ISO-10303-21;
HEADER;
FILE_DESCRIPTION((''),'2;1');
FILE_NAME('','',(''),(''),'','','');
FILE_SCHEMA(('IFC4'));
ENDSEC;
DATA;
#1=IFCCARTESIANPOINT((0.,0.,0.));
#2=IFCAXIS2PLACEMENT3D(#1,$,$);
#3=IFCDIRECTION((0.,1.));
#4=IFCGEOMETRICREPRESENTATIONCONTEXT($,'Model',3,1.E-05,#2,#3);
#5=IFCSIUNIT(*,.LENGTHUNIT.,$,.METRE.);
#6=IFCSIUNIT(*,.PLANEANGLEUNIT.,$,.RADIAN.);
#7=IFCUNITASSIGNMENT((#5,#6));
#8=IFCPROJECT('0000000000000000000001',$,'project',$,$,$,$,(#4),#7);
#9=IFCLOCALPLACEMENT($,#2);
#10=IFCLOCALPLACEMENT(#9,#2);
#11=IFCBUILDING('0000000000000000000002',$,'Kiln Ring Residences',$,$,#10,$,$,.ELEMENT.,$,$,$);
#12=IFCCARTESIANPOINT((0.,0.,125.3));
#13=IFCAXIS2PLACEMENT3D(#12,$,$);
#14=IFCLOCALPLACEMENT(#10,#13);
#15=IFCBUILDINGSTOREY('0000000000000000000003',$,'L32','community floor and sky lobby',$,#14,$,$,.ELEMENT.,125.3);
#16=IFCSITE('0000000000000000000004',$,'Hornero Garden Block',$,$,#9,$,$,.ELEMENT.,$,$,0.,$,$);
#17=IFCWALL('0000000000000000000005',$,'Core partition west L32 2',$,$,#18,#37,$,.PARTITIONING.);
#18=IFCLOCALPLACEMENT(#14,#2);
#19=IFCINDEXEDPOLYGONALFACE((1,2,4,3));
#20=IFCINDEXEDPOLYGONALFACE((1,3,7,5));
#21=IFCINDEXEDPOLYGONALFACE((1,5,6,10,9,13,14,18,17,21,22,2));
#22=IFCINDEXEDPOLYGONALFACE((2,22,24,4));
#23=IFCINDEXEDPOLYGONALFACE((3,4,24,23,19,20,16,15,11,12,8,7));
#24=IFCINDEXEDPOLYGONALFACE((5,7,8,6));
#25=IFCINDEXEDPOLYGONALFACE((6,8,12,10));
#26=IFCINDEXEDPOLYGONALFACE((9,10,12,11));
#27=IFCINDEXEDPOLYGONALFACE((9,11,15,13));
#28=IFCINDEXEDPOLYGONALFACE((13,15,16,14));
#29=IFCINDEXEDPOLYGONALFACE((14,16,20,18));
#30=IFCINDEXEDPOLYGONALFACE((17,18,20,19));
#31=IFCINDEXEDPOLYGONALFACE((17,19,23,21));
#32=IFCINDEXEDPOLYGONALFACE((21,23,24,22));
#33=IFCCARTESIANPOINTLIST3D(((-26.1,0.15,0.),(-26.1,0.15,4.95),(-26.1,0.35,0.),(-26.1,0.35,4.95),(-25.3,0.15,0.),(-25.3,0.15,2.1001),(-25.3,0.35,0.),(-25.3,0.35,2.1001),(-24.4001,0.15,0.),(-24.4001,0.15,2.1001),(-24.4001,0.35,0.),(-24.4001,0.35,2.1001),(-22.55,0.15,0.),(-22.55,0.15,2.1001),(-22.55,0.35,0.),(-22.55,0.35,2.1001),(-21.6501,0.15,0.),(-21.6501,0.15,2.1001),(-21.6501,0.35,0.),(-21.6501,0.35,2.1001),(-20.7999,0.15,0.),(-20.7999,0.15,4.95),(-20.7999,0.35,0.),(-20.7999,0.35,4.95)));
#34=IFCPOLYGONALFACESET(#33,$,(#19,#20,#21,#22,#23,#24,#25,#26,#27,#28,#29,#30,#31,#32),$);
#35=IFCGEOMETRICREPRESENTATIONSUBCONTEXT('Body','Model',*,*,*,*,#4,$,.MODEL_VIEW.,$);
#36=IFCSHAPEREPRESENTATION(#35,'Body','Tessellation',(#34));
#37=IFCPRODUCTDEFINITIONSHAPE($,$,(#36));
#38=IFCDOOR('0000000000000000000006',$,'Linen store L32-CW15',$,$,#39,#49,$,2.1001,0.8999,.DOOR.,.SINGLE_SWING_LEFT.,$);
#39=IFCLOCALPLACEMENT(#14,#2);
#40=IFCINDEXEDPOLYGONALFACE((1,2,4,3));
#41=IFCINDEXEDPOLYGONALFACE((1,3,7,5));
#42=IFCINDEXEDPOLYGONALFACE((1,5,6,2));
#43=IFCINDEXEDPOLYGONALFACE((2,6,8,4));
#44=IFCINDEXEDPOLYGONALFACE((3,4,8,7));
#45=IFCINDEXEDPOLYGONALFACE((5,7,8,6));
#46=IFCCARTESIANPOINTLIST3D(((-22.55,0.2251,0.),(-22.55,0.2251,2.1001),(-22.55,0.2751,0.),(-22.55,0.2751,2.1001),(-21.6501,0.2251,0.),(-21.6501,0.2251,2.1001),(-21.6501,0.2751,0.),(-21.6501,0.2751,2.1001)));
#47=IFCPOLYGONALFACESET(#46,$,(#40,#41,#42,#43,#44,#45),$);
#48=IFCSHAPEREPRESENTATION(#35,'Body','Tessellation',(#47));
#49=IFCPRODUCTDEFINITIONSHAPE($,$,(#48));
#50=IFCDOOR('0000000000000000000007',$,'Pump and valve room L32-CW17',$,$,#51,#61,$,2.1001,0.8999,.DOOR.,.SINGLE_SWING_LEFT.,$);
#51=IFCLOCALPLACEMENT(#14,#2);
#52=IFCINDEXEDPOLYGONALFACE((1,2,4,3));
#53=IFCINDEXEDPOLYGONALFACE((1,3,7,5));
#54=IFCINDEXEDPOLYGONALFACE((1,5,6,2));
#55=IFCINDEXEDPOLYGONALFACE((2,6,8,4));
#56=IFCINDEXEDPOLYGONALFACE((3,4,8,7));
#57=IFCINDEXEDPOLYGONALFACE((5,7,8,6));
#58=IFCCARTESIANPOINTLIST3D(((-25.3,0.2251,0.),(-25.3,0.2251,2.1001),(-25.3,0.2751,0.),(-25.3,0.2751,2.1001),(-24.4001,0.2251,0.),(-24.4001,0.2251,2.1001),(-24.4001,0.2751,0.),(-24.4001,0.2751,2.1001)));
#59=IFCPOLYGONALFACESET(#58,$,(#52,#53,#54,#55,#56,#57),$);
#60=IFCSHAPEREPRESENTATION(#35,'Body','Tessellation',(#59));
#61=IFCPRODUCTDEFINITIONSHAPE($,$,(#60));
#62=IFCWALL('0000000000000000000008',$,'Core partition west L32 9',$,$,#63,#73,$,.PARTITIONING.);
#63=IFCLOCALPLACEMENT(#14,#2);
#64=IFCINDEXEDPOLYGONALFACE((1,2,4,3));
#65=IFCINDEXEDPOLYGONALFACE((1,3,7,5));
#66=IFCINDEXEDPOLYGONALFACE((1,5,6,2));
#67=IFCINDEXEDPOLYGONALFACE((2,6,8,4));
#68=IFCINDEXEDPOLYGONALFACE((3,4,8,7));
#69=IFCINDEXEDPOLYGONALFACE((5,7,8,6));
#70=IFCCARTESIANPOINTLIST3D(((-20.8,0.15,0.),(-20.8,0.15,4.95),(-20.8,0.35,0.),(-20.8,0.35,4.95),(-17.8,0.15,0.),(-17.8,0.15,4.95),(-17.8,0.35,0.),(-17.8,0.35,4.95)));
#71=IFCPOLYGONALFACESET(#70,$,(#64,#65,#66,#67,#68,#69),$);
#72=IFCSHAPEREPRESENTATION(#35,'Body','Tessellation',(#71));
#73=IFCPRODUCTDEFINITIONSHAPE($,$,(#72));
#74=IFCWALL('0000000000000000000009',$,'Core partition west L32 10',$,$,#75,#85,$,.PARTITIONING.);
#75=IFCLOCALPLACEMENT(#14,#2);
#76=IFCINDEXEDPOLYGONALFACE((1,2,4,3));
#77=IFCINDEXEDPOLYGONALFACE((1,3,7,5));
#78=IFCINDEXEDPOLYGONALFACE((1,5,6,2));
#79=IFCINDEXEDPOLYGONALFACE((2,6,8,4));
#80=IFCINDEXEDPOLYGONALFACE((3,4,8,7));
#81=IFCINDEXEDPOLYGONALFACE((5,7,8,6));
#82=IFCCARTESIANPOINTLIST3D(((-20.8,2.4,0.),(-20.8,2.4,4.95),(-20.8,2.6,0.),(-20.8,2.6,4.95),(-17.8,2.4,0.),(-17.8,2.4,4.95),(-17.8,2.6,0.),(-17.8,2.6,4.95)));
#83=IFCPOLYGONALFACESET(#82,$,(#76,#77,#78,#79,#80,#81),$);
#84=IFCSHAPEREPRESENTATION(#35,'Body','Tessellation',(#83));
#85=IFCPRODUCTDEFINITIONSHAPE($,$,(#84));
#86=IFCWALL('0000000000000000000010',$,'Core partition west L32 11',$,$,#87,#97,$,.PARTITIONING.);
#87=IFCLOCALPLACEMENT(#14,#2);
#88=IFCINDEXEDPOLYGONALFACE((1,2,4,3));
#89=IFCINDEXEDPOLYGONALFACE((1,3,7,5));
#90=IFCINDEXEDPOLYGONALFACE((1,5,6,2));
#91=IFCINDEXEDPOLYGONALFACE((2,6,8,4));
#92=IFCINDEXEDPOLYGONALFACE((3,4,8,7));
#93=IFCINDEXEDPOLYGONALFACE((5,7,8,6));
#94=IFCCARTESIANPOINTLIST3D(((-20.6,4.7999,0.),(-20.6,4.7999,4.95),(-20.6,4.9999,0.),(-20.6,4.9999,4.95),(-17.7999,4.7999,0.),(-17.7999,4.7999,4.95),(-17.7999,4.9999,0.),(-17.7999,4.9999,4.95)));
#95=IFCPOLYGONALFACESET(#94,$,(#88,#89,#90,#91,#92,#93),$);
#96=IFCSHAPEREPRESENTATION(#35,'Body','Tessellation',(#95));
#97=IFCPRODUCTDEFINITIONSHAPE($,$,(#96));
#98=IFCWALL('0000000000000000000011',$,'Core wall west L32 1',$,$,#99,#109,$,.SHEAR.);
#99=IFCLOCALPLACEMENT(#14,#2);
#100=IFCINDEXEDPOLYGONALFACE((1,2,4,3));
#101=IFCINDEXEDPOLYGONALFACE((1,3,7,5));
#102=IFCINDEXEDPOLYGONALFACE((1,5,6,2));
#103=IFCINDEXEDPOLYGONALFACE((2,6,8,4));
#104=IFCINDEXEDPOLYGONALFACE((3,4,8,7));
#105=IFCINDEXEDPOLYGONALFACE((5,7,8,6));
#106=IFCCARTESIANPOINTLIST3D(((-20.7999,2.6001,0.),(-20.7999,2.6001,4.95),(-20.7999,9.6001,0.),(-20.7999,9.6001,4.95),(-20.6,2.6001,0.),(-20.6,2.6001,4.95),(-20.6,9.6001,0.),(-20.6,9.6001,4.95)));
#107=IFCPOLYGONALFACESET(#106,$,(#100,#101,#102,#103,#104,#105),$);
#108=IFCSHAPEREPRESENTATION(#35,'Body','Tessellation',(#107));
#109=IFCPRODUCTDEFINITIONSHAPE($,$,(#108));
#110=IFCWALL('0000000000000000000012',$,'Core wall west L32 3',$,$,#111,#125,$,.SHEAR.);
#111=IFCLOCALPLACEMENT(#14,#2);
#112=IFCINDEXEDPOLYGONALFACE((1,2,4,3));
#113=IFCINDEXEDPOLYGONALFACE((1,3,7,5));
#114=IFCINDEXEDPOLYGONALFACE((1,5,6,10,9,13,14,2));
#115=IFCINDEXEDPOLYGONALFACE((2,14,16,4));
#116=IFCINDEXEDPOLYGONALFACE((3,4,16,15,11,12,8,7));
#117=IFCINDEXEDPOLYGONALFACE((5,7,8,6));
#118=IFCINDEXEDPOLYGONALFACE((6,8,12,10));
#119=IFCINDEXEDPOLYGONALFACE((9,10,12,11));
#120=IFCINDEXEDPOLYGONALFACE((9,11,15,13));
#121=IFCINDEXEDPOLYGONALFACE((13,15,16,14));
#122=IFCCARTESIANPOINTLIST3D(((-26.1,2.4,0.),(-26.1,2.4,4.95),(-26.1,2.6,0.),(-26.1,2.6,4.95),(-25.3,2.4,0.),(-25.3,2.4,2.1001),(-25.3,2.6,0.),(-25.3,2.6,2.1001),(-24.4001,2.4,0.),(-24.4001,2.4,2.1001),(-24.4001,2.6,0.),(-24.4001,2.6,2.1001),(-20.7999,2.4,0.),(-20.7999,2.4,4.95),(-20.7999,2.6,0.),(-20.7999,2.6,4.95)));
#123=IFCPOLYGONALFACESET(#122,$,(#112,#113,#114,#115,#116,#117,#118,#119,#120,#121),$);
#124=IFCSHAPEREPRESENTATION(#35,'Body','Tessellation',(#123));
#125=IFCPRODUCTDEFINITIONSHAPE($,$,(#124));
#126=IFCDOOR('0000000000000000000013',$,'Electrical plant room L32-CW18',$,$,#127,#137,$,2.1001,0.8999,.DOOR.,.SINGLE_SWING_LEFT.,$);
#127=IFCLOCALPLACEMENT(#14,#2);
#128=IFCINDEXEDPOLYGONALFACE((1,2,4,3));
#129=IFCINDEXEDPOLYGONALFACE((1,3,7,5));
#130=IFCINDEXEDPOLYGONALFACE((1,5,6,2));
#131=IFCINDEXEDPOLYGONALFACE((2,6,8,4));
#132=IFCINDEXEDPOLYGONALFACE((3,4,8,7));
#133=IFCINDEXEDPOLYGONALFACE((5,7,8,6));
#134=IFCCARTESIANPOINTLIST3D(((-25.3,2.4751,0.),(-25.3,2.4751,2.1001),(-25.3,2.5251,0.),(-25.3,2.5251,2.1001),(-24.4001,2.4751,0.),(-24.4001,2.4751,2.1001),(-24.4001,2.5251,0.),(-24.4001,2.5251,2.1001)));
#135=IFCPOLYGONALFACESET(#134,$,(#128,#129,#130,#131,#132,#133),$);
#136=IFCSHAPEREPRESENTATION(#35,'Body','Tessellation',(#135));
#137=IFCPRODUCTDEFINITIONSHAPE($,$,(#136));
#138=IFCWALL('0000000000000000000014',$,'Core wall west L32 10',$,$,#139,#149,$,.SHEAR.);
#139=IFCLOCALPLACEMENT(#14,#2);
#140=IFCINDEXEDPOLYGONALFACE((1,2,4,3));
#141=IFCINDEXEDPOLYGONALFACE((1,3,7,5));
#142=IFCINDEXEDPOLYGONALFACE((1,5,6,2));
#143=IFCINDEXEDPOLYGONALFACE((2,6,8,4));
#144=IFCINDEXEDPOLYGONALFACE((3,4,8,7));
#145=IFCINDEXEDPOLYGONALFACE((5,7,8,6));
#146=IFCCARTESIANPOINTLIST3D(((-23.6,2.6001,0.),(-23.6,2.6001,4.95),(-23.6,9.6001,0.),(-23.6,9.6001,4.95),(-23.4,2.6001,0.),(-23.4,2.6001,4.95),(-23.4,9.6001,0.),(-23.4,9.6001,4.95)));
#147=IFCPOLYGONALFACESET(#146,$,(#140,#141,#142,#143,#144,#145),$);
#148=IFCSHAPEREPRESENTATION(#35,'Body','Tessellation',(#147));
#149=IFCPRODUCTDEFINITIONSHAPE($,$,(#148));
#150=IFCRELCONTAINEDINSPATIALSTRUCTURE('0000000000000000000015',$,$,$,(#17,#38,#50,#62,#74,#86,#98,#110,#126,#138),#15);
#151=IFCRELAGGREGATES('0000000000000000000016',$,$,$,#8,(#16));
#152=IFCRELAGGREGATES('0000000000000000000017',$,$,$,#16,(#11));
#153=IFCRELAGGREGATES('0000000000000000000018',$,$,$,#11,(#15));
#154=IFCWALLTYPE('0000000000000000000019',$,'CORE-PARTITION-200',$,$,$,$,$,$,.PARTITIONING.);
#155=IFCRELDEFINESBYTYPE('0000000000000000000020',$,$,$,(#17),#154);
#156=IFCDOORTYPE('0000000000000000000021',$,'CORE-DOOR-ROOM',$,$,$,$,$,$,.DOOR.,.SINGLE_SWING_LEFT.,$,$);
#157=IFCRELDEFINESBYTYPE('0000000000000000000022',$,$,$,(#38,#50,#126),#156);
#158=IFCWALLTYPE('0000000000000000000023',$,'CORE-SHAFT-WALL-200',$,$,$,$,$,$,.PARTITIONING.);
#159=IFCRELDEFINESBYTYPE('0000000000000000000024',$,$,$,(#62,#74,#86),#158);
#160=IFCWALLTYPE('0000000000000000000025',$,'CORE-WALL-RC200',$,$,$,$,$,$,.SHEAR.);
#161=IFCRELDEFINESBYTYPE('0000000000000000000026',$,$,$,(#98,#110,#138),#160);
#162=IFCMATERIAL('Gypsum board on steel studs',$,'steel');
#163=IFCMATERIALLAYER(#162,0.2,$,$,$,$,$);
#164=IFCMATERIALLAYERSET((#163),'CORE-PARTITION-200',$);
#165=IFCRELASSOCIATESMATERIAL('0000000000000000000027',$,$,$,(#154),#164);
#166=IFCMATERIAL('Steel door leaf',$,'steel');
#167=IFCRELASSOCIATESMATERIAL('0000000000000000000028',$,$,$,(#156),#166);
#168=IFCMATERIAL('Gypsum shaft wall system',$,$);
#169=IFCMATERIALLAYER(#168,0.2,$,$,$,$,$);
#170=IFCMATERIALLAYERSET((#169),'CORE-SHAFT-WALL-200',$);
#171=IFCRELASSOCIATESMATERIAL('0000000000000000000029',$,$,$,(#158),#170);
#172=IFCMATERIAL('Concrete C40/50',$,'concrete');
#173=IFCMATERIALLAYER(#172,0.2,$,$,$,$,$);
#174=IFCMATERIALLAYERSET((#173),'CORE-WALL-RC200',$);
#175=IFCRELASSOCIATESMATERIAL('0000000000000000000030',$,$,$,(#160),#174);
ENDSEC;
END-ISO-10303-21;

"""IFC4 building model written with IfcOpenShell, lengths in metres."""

from ifc_helpers import new_model, si_unit, direction, frame, frame_2d, origin, place, context, subcontext, project, spatial, rectangle, extrude, material, layer, layer_set, type_object, element, fill, save


model = new_model("IFC4")

# Units and contexts
model_context = context("Model", 3, precision=1e-05, world=origin(), true_north=direction((0.0, 1.0)))
body_context = subcontext(model_context, "Body", "Model", "MODEL_VIEW")
ifc_project = project(units=[si_unit("LENGTHUNIT", "METRE"), si_unit("PLANEANGLEUNIT", "RADIAN")], contexts=[model_context])

# Site, building, storey
site_placement = place(None, origin())
site = spatial("IfcSite", under=ifc_project, at=site_placement, Name="Hornero Garden Block", CompositionType="ELEMENT", RefElevation=0.0)
building_placement = place(site_placement, origin())
building = spatial("IfcBuilding", under=site, at=building_placement, Name="Kiln Ring Residences", CompositionType="ELEMENT")
storey_placement = place(building_placement, frame((0.0, 0.0, 125.3)))
storey = spatial("IfcBuildingStorey", under=building, at=storey_placement, Name="L32", Description="community floor and sky lobby", CompositionType="ELEMENT", Elevation=125.3)

# Wall, openings, doors
ifc_material_1 = material(Name="Gypsum board on steel studs", Category="steel")
ifc_layer_1 = layer(ifc_material_1, 0.2)
ifc_layer_set_1 = layer_set([ifc_layer_1], Name="CORE-PARTITION-200")
wall_type_1 = type_object("IfcWallType", Name="CORE-PARTITION-200", PredefinedType="PARTITIONING", material=ifc_layer_set_1)
wall_1_placement = place(storey_placement, frame((-20.8, 0.25, 0.0), z_axis=(0.0, 0.0, 1.0), x_axis=(-1.0, 0.0, 0.0)))
wall_1 = element("IfcWall", 1, at=wall_1_placement, inside=storey, type_object=wall_type_1, Name="Core partition west L32 2", PredefinedType="PARTITIONING", context=body_context, shape_type="SweptSolid", body=[
    extrude(rectangle(XDim=5.3, YDim=0.2, at=frame_2d((2.6499, 0.0))), origin(), (0.0, 0.0, 1.0), 4.95),
])
opening_1_placement = place(wall_1_placement, frame((0.8501, 0.0, 0.0)))
opening_1 = element("IfcOpeningElement", 2, at=opening_1_placement, cuts=wall_1, PredefinedType="OPENING", context=body_context, shape_type="SweptSolid", body=[
    extrude(rectangle(XDim=0.8999, YDim=2.1001, at=frame_2d((0.45, 1.05))), frame((0.0, 0.1099, 0.0), z_axis=(0.0, -1.0, 0.0), x_axis=(1.0, 0.0, 0.0)), (0.0, 0.0, 1.0), 0.22),
])
opening_2_placement = place(wall_1_placement, frame((3.6001, 0.0, 0.0)))
opening_2 = element("IfcOpeningElement", 3, at=opening_2_placement, cuts=wall_1, PredefinedType="OPENING", context=body_context, shape_type="SweptSolid", body=[
    extrude(rectangle(XDim=0.8999, YDim=2.1001, at=frame_2d((0.45, 1.05))), frame((0.0, 0.1099, 0.0), z_axis=(0.0, -1.0, 0.0), x_axis=(1.0, 0.0, 0.0)), (0.0, 0.0, 1.0), 0.22),
])
ifc_material_2 = material(Name="Steel door leaf", Category="steel")
door_type = type_object("IfcDoorType", Name="CORE-DOOR-ROOM", OperationType="SINGLE_SWING_LEFT", PredefinedType="DOOR", material=ifc_material_2)
door_1_placement = place(opening_1_placement, origin())
door_1 = element("IfcDoor", 4, at=door_1_placement, inside=storey, type_object=door_type, Name="Linen store L32-CW15", OperationType="SINGLE_SWING_LEFT", OverallHeight=2.1001, OverallWidth=0.8999, PredefinedType="DOOR", context=body_context, shape_type="SweptSolid", body=[
    extrude(rectangle(XDim=0.8999, YDim=2.1001, at=frame_2d((0.45, 1.05))), frame((0.0, 0.0249, 0.0), z_axis=(0.0, -1.0, 0.0), x_axis=(1.0, 0.0, 0.0)), (0.0, 0.0, 1.0), 0.05),
])
fill(opening_1, door_1)
door_2_placement = place(opening_2_placement, origin())
door_2 = element("IfcDoor", 5, at=door_2_placement, inside=storey, type_object=door_type, Name="Pump and valve room L32-CW17", OperationType="SINGLE_SWING_LEFT", OverallHeight=2.1001, OverallWidth=0.8999, PredefinedType="DOOR", context=body_context, shape_type="SweptSolid", body=[
    extrude(rectangle(XDim=0.8999, YDim=2.1001, at=frame_2d((0.45, 1.05))), frame((0.0, 0.0249, 0.0), z_axis=(0.0, -1.0, 0.0), x_axis=(1.0, 0.0, 0.0)), (0.0, 0.0, 1.0), 0.05),
])
fill(opening_2, door_2)

# Walls
ifc_material_3 = material(Name="Gypsum shaft wall system")
ifc_layer_2 = layer(ifc_material_3, 0.2)
ifc_layer_set_2 = layer_set([ifc_layer_2], Name="CORE-SHAFT-WALL-200")
wall_type_2 = type_object("IfcWallType", Name="CORE-SHAFT-WALL-200", PredefinedType="PARTITIONING", material=ifc_layer_set_2)
for number, where, z_axis, x_axis, name in (
    (6, (-17.8, 0.25, 0.0), (0.0, 0.0, 1.0), (-1.0, 0.0, 0.0), "Core partition west L32 9"),
    (7, (-17.8, 2.5, 0.0), (0.0, 0.0, 1.0), (-1.0, 0.0, 0.0), "Core partition west L32 10"),
):
    element("IfcWall", number, at=place(storey_placement, frame(where, z_axis=z_axis, x_axis=x_axis)), inside=storey, type_object=wall_type_2, Name=name, PredefinedType="PARTITIONING", context=body_context, shape_type="SweptSolid", body=[
        extrude(rectangle(XDim=3.0, YDim=0.2, at=frame_2d((1.5, 0.0))), origin(), (0.0, 0.0, 1.0), 4.95),
    ])
wall_2_placement = place(storey_placement, frame((-17.8, 4.8999, 0.0), z_axis=(0.0, 0.0, 1.0), x_axis=(-1.0, 0.0, 0.0)))
element("IfcWall", 8, at=wall_2_placement, inside=storey, type_object=wall_type_2, Name="Core partition west L32 11", PredefinedType="PARTITIONING", context=body_context, shape_type="SweptSolid", body=[
    extrude(rectangle(XDim=2.8, YDim=0.2, at=frame_2d((1.3999, 0.0))), origin(), (0.0, 0.0, 1.0), 4.95),
])
ifc_material_4 = material(Name="Concrete C40/50", Category="concrete")
ifc_layer_3 = layer(ifc_material_4, 0.2)
ifc_layer_set_3 = layer_set([ifc_layer_3], Name="CORE-WALL-RC200")
wall_type_3 = type_object("IfcWallType", Name="CORE-WALL-RC200", PredefinedType="SHEAR", material=ifc_layer_set_3)
wall_3_placement = place(storey_placement, frame((-20.7, 2.6001, 0.0), z_axis=(0.0, 0.0, 1.0), x_axis=(0.0, 1.0, 0.0)))
element("IfcWall", 9, at=wall_3_placement, inside=storey, type_object=wall_type_3, Name="Core wall west L32 1", PredefinedType="SHEAR", context=body_context, shape_type="SweptSolid", body=[
    extrude(rectangle(XDim=7.0, YDim=0.2, at=frame_2d((3.5, 0.0))), origin(), (0.0, 0.0, 1.0), 4.95),
])

# Wall, opening, door
wall_4_placement = place(storey_placement, frame((-20.8, 2.5, 0.0), z_axis=(0.0, 0.0, 1.0), x_axis=(-1.0, 0.0, 0.0)))
wall_4 = element("IfcWall", 10, at=wall_4_placement, inside=storey, type_object=wall_type_3, Name="Core wall west L32 3", PredefinedType="SHEAR", context=body_context, shape_type="SweptSolid", body=[
    extrude(rectangle(XDim=5.3, YDim=0.2, at=frame_2d((2.6499, 0.0))), origin(), (0.0, 0.0, 1.0), 4.95),
])
opening_3_placement = place(wall_4_placement, frame((3.6001, 0.0, 0.0)))
opening_3 = element("IfcOpeningElement", 11, at=opening_3_placement, cuts=wall_4, PredefinedType="OPENING", context=body_context, shape_type="SweptSolid", body=[
    extrude(rectangle(XDim=0.8999, YDim=2.1001, at=frame_2d((0.45, 1.05))), frame((0.0, 0.1099, 0.0), z_axis=(0.0, -1.0, 0.0), x_axis=(1.0, 0.0, 0.0)), (0.0, 0.0, 1.0), 0.22),
])
door_3_placement = place(opening_3_placement, origin())
door_3 = element("IfcDoor", 12, at=door_3_placement, inside=storey, type_object=door_type, Name="Electrical plant room L32-CW18", OperationType="SINGLE_SWING_LEFT", OverallHeight=2.1001, OverallWidth=0.8999, PredefinedType="DOOR", context=body_context, shape_type="SweptSolid", body=[
    extrude(rectangle(XDim=0.8999, YDim=2.1001, at=frame_2d((0.45, 1.05))), frame((0.0, 0.0249, 0.0), z_axis=(0.0, -1.0, 0.0), x_axis=(1.0, 0.0, 0.0)), (0.0, 0.0, 1.0), 0.05),
])
fill(opening_3, door_3)

# Wall
wall_5_placement = place(storey_placement, frame((-23.5, 2.6001, 0.0), z_axis=(0.0, 0.0, 1.0), x_axis=(0.0, 1.0, 0.0)))
element("IfcWall", 13, at=wall_5_placement, inside=storey, type_object=wall_type_3, Name="Core wall west L32 10", PredefinedType="SHEAR", context=body_context, shape_type="SweptSolid", body=[
    extrude(rectangle(XDim=7.0, YDim=0.2, at=frame_2d((3.5, 0.0))), origin(), (0.0, 0.0, 1.0), 4.95),
])

save(model, "model.ifc")
